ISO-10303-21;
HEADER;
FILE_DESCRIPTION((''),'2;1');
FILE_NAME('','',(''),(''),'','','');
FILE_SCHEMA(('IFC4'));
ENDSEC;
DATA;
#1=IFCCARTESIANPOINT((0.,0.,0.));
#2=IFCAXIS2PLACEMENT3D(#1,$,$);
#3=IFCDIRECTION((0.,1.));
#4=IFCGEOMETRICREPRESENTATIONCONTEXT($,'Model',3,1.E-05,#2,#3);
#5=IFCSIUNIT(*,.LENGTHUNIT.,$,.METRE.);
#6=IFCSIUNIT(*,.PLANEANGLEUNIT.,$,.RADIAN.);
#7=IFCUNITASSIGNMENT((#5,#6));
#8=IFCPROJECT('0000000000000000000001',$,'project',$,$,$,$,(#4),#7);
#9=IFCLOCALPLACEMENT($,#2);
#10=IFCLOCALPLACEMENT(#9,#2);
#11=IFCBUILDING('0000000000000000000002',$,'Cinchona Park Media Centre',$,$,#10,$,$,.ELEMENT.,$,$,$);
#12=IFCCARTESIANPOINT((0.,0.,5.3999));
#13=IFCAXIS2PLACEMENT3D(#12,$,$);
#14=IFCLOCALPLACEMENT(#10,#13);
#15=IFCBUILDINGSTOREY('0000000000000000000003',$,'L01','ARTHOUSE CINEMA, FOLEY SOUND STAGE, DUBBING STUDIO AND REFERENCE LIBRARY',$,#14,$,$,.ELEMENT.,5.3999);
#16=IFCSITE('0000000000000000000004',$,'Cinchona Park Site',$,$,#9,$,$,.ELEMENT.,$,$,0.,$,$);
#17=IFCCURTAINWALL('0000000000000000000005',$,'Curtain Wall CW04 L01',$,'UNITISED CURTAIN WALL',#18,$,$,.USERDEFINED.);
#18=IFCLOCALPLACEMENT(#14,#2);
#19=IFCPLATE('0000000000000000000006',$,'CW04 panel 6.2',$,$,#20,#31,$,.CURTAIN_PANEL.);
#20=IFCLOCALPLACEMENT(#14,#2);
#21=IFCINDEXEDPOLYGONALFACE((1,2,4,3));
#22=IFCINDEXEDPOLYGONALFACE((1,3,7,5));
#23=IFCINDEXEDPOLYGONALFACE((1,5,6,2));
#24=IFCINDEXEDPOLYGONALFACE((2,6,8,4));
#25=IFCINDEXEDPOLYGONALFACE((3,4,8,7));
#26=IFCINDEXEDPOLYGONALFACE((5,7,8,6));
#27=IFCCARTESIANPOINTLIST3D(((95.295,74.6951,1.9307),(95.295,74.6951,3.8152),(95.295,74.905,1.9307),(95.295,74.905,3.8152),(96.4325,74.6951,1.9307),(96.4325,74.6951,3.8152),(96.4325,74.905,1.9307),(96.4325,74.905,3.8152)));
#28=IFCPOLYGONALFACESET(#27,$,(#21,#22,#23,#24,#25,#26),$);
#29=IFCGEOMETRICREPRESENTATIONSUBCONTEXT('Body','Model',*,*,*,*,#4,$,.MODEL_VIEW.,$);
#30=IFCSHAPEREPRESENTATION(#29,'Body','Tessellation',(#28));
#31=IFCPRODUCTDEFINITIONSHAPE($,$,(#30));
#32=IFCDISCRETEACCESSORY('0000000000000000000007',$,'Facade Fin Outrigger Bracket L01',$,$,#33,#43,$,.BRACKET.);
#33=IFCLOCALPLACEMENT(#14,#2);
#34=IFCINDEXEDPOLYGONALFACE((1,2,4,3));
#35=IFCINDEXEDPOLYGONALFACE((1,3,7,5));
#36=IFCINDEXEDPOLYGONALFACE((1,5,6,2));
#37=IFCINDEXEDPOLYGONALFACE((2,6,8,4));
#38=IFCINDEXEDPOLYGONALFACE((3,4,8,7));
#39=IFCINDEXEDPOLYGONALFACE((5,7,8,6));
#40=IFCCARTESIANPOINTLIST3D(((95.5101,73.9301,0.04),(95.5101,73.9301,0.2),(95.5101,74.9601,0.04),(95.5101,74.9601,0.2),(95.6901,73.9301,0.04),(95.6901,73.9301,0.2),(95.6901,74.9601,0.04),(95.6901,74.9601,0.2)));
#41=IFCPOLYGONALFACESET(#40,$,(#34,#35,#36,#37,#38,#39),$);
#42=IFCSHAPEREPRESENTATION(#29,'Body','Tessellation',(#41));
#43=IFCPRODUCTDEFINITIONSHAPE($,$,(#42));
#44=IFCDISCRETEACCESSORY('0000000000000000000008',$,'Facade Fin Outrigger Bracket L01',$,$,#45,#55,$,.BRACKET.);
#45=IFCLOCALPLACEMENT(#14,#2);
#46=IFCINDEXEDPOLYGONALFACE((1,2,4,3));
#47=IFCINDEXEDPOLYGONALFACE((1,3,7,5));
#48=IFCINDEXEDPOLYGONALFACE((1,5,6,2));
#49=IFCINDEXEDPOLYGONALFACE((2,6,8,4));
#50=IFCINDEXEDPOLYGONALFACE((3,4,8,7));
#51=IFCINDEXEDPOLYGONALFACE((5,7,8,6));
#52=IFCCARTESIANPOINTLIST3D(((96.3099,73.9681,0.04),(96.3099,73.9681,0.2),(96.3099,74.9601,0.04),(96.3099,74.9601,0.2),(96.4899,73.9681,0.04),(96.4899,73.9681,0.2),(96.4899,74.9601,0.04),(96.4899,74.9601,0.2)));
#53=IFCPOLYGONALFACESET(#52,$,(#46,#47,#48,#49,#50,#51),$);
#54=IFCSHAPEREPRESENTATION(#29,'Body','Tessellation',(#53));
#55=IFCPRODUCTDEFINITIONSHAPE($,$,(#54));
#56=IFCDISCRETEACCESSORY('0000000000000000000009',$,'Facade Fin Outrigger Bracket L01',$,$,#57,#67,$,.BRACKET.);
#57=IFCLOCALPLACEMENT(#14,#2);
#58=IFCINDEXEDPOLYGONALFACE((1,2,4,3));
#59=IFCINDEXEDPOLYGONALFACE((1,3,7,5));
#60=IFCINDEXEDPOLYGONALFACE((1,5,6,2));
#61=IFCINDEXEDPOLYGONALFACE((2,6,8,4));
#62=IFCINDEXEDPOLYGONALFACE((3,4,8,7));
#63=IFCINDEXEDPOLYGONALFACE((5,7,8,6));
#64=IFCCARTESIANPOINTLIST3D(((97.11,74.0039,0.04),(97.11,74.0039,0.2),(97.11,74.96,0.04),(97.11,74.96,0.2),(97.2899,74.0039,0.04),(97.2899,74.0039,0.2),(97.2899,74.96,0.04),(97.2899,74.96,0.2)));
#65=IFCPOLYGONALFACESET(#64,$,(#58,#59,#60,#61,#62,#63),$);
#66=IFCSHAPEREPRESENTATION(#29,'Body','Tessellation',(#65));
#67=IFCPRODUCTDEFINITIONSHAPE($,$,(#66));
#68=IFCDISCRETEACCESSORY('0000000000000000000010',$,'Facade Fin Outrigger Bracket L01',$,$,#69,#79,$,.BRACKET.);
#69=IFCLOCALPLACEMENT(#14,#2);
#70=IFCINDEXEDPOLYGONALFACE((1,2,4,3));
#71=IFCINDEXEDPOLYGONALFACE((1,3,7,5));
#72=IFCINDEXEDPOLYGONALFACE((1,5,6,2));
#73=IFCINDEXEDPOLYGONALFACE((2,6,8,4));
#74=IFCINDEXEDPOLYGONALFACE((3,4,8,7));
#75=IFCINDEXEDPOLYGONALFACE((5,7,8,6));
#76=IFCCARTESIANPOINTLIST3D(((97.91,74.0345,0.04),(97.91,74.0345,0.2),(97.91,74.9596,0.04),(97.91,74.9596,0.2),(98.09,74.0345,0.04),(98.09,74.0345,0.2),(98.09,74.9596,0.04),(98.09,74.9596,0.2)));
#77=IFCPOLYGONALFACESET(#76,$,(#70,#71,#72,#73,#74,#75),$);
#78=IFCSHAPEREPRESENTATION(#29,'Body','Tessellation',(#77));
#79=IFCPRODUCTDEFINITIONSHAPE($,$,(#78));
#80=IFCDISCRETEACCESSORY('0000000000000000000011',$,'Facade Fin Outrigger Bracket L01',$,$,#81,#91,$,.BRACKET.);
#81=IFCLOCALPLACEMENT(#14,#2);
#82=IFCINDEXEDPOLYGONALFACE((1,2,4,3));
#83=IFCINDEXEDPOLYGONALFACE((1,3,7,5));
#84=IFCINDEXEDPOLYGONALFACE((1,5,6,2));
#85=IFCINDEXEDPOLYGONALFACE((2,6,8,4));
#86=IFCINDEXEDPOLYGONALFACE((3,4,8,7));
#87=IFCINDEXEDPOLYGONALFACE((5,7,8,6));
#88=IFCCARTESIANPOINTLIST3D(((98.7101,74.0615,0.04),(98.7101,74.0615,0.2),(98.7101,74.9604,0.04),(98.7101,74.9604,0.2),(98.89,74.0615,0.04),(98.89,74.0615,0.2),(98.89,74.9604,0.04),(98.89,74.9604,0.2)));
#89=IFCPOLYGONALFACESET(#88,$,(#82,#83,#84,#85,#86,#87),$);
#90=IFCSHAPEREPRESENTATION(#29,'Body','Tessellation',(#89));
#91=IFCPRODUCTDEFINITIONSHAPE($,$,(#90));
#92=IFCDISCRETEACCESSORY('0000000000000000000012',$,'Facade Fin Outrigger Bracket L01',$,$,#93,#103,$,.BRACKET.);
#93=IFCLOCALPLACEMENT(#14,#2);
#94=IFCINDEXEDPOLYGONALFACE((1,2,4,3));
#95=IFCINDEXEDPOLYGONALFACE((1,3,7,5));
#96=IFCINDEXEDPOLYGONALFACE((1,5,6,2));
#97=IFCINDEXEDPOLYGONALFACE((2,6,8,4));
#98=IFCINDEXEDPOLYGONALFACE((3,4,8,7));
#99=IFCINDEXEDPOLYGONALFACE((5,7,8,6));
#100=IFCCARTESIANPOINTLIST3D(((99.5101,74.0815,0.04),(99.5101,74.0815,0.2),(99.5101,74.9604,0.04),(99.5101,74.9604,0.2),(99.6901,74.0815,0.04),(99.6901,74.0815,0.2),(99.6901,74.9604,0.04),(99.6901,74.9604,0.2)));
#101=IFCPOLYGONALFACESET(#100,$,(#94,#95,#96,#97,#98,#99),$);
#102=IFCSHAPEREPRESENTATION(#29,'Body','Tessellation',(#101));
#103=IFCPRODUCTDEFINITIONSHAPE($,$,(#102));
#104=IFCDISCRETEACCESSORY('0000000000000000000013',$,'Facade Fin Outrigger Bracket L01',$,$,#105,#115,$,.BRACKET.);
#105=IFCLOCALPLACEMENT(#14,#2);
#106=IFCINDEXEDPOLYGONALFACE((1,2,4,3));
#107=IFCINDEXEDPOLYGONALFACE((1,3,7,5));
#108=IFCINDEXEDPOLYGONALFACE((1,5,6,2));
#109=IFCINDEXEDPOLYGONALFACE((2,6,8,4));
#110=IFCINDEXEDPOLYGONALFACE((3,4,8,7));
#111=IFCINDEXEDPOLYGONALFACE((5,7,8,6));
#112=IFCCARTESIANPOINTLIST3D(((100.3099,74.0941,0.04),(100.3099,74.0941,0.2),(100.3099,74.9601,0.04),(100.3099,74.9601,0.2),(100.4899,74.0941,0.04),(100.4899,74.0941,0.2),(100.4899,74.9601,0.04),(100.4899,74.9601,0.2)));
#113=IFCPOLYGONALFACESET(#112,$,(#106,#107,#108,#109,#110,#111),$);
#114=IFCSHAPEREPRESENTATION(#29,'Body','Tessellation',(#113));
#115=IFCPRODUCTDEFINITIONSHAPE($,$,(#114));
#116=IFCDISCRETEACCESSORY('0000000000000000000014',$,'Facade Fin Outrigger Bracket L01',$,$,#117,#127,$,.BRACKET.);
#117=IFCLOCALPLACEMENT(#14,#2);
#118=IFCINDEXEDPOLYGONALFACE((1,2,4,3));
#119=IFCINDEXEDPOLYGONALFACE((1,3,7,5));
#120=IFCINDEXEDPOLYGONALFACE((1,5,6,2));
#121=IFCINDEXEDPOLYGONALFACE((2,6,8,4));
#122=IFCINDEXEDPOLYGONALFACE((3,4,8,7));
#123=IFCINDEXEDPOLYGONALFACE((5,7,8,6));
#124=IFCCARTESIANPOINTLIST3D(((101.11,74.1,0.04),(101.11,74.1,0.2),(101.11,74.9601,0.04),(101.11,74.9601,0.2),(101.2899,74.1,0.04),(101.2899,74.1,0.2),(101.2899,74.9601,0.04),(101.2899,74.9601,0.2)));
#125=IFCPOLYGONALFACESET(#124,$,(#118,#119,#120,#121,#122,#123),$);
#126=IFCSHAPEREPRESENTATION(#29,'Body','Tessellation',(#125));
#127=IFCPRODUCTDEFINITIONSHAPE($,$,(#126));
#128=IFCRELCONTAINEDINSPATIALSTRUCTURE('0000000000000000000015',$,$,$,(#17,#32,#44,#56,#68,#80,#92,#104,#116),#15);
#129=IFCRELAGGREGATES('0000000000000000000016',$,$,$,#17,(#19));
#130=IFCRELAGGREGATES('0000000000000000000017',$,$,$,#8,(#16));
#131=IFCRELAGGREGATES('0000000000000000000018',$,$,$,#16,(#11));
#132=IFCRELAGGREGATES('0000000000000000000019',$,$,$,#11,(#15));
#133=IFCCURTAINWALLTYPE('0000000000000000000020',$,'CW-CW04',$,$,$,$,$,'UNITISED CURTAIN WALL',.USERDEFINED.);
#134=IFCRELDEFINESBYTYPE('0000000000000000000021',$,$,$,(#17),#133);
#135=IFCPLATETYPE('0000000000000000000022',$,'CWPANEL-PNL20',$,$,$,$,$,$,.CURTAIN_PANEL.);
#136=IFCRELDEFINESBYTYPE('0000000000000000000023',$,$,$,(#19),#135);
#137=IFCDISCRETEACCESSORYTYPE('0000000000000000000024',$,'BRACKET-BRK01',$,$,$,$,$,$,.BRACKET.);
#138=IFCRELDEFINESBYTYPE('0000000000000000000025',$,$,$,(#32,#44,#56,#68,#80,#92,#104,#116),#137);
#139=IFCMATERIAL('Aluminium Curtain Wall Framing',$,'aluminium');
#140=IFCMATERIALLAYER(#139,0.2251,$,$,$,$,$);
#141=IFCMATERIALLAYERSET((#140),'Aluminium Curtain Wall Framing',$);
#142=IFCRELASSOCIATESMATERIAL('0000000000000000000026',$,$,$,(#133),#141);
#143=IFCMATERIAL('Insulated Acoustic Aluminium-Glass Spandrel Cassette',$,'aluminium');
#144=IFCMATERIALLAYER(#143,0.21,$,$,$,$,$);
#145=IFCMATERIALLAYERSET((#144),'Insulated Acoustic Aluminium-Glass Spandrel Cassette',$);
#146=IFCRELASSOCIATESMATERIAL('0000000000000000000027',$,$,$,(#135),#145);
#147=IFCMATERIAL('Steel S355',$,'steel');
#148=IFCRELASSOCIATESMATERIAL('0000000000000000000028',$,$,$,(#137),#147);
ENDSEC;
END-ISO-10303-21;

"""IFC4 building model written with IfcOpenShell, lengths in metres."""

from ifc_helpers import new_model, si_unit, direction, frame, origin, origin_2d, place, context, subcontext, project, spatial, rectangle, extrude, material, layer, layer_set, type_object, element, aggregate, save


model = new_model("IFC4")

# Units and contexts
model_context = context("Model", 3, precision=1e-05, world=origin(), true_north=direction((0.0, 1.0)))
body_context = subcontext(model_context, "Body", "Model", "MODEL_VIEW")
ifc_project = project(units=[si_unit("LENGTHUNIT", "METRE"), si_unit("PLANEANGLEUNIT", "RADIAN")], contexts=[model_context])

# Site, building, storey
site_placement = place(None, origin())
site = spatial("IfcSite", under=ifc_project, at=site_placement, Name="Cinchona Park Site", CompositionType="ELEMENT", RefElevation=0.0)
building_placement = place(site_placement, origin())
building = spatial("IfcBuilding", under=site, at=building_placement, Name="Cinchona Park Media Centre", CompositionType="ELEMENT")
storey_placement = place(building_placement, frame((0.0, 0.0, 5.3999)))
storey = spatial("IfcBuildingStorey", under=building, at=storey_placement, Name="L01", Description="ARTHOUSE CINEMA, FOLEY SOUND STAGE, DUBBING STUDIO AND REFERENCE LIBRARY", CompositionType="ELEMENT", Elevation=5.3999)

# Curtain wall, plate
ifc_material_1 = material(Name="Aluminium Curtain Wall Framing", Category="aluminium")
ifc_layer_1 = layer(ifc_material_1, 0.2251)
ifc_layer_set_1 = layer_set([ifc_layer_1], Name="Aluminium Curtain Wall Framing")
curtain_wall_type = type_object("IfcCurtainWallType", Name="CW-CW04", ElementType="UNITISED CURTAIN WALL", PredefinedType="USERDEFINED", material=ifc_layer_set_1)
curtain_wall_placement = place(storey_placement, origin())
curtain_wall = element("IfcCurtainWall", 1, at=curtain_wall_placement, inside=storey, type_object=curtain_wall_type, Name="Curtain Wall CW04 L01", ObjectType="UNITISED CURTAIN WALL", PredefinedType="USERDEFINED")
ifc_material_2 = material(Name="Insulated Acoustic Aluminium-Glass Spandrel Cassette", Category="aluminium")
ifc_layer_2 = layer(ifc_material_2, 0.21)
ifc_layer_set_2 = layer_set([ifc_layer_2], Name="Insulated Acoustic Aluminium-Glass Spandrel Cassette")
plate_type = type_object("IfcPlateType", Name="CWPANEL-PNL20", PredefinedType="CURTAIN_PANEL", material=ifc_layer_set_2)
plate_1_placement = place(storey_placement, frame((95.8638, 74.8, 1.9307), z_axis=(0.0, 0.0, 1.0), x_axis=(-1.0, 0.0, 0.0)))
plate_1 = element("IfcPlate", 2, at=plate_1_placement, type_object=plate_type, Name="CW04 panel 6.2", PredefinedType="CURTAIN_PANEL", context=body_context, shape_type="SweptSolid", body=[
    extrude(rectangle(XDim=1.1375, YDim=0.21, at=origin_2d()), origin(), (0.0, 0.0, 1.0), 1.8845),
])
aggregate(curtain_wall, [plate_1])

# Discrete accessories
ifc_material_3 = material(Name="Steel S355", Category="steel")
discrete_accessory_type = type_object("IfcDiscreteAccessoryType", Name="BRACKET-BRK01", PredefinedType="BRACKET", material=ifc_material_3)
discrete_accessory_1_placement = place(storey_placement, frame((95.6001, 74.4451, 0.04), z_axis=(0.0, 0.0, 1.0), x_axis=(1.0, 0.0, 0.0)))
element("IfcDiscreteAccessory", 3, at=discrete_accessory_1_placement, inside=storey, type_object=discrete_accessory_type, Name="Facade Fin Outrigger Bracket L01", PredefinedType="BRACKET", context=body_context, shape_type="SweptSolid", body=[
    extrude(rectangle(XDim=0.1799, YDim=1.03, at=origin_2d()), origin(), (0.0, 0.0, 1.0), 0.1599),
])
discrete_accessory_2_placement = place(storey_placement, frame((96.3999, 74.4641, 0.04), z_axis=(0.0, 0.0, 1.0), x_axis=(1.0, 0.0, 0.0)))
element("IfcDiscreteAccessory", 4, at=discrete_accessory_2_placement, inside=storey, type_object=discrete_accessory_type, Name="Facade Fin Outrigger Bracket L01", PredefinedType="BRACKET", context=body_context, shape_type="SweptSolid", body=[
    extrude(rectangle(XDim=0.1799, YDim=0.9919, at=origin_2d()), origin(), (0.0, 0.0, 1.0), 0.1599),
])
discrete_accessory_3_placement = place(storey_placement, frame((97.2, 74.4819, 0.04), z_axis=(0.0, 0.0, 1.0), x_axis=(1.0, 0.0, 0.0)))
element("IfcDiscreteAccessory", 5, at=discrete_accessory_3_placement, inside=storey, type_object=discrete_accessory_type, Name="Facade Fin Outrigger Bracket L01", PredefinedType="BRACKET", context=body_context, shape_type="SweptSolid", body=[
    extrude(rectangle(XDim=0.1799, YDim=0.9561, at=origin_2d()), origin(), (0.0, 0.0, 1.0), 0.1599),
])
discrete_accessory_4_placement = place(storey_placement, frame((98.0, 74.4971, 0.04), z_axis=(0.0, 0.0, 1.0), x_axis=(1.0, 0.0, 0.0)))
element("IfcDiscreteAccessory", 6, at=discrete_accessory_4_placement, inside=storey, type_object=discrete_accessory_type, Name="Facade Fin Outrigger Bracket L01", PredefinedType="BRACKET", context=body_context, shape_type="SweptSolid", body=[
    extrude(rectangle(XDim=0.1799, YDim=0.925, at=origin_2d()), origin(), (0.0, 0.0, 1.0), 0.1599),
])
discrete_accessory_5_placement = place(storey_placement, frame((98.8, 74.511, 0.04), z_axis=(0.0, 0.0, 1.0), x_axis=(1.0, 0.0, 0.0)))
element("IfcDiscreteAccessory", 7, at=discrete_accessory_5_placement, inside=storey, type_object=discrete_accessory_type, Name="Facade Fin Outrigger Bracket L01", PredefinedType="BRACKET", context=body_context, shape_type="SweptSolid", body=[
    extrude(rectangle(XDim=0.1799, YDim=0.8989, at=origin_2d()), origin(), (0.0, 0.0, 1.0), 0.1599),
])
discrete_accessory_6_placement = place(storey_placement, frame((99.6001, 74.521, 0.04), z_axis=(0.0, 0.0, 1.0), x_axis=(1.0, 0.0, 0.0)))
element("IfcDiscreteAccessory", 8, at=discrete_accessory_6_placement, inside=storey, type_object=discrete_accessory_type, Name="Facade Fin Outrigger Bracket L01", PredefinedType="BRACKET", context=body_context, shape_type="SweptSolid", body=[
    extrude(rectangle(XDim=0.1799, YDim=0.8789, at=origin_2d()), origin(), (0.0, 0.0, 1.0), 0.1599),
])
discrete_accessory_7_placement = place(storey_placement, frame((100.3999, 74.5271, 0.04), z_axis=(0.0, 0.0, 1.0), x_axis=(1.0, 0.0, 0.0)))
element("IfcDiscreteAccessory", 9, at=discrete_accessory_7_placement, inside=storey, type_object=discrete_accessory_type, Name="Facade Fin Outrigger Bracket L01", PredefinedType="BRACKET", context=body_context, shape_type="SweptSolid", body=[
    extrude(rectangle(XDim=0.1799, YDim=0.866, at=origin_2d()), origin(), (0.0, 0.0, 1.0), 0.1599),
])
discrete_accessory_8_placement = place(storey_placement, frame((101.2, 74.53, 0.04), z_axis=(0.0, 0.0, 1.0), x_axis=(1.0, 0.0, 0.0)))
element("IfcDiscreteAccessory", 10, at=discrete_accessory_8_placement, inside=storey, type_object=discrete_accessory_type, Name="Facade Fin Outrigger Bracket L01", PredefinedType="BRACKET", context=body_context, shape_type="SweptSolid", body=[
    extrude(rectangle(XDim=0.1799, YDim=0.8601, at=origin_2d()), origin(), (0.0, 0.0, 1.0), 0.1599),
])

save(model, "model.ifc")
